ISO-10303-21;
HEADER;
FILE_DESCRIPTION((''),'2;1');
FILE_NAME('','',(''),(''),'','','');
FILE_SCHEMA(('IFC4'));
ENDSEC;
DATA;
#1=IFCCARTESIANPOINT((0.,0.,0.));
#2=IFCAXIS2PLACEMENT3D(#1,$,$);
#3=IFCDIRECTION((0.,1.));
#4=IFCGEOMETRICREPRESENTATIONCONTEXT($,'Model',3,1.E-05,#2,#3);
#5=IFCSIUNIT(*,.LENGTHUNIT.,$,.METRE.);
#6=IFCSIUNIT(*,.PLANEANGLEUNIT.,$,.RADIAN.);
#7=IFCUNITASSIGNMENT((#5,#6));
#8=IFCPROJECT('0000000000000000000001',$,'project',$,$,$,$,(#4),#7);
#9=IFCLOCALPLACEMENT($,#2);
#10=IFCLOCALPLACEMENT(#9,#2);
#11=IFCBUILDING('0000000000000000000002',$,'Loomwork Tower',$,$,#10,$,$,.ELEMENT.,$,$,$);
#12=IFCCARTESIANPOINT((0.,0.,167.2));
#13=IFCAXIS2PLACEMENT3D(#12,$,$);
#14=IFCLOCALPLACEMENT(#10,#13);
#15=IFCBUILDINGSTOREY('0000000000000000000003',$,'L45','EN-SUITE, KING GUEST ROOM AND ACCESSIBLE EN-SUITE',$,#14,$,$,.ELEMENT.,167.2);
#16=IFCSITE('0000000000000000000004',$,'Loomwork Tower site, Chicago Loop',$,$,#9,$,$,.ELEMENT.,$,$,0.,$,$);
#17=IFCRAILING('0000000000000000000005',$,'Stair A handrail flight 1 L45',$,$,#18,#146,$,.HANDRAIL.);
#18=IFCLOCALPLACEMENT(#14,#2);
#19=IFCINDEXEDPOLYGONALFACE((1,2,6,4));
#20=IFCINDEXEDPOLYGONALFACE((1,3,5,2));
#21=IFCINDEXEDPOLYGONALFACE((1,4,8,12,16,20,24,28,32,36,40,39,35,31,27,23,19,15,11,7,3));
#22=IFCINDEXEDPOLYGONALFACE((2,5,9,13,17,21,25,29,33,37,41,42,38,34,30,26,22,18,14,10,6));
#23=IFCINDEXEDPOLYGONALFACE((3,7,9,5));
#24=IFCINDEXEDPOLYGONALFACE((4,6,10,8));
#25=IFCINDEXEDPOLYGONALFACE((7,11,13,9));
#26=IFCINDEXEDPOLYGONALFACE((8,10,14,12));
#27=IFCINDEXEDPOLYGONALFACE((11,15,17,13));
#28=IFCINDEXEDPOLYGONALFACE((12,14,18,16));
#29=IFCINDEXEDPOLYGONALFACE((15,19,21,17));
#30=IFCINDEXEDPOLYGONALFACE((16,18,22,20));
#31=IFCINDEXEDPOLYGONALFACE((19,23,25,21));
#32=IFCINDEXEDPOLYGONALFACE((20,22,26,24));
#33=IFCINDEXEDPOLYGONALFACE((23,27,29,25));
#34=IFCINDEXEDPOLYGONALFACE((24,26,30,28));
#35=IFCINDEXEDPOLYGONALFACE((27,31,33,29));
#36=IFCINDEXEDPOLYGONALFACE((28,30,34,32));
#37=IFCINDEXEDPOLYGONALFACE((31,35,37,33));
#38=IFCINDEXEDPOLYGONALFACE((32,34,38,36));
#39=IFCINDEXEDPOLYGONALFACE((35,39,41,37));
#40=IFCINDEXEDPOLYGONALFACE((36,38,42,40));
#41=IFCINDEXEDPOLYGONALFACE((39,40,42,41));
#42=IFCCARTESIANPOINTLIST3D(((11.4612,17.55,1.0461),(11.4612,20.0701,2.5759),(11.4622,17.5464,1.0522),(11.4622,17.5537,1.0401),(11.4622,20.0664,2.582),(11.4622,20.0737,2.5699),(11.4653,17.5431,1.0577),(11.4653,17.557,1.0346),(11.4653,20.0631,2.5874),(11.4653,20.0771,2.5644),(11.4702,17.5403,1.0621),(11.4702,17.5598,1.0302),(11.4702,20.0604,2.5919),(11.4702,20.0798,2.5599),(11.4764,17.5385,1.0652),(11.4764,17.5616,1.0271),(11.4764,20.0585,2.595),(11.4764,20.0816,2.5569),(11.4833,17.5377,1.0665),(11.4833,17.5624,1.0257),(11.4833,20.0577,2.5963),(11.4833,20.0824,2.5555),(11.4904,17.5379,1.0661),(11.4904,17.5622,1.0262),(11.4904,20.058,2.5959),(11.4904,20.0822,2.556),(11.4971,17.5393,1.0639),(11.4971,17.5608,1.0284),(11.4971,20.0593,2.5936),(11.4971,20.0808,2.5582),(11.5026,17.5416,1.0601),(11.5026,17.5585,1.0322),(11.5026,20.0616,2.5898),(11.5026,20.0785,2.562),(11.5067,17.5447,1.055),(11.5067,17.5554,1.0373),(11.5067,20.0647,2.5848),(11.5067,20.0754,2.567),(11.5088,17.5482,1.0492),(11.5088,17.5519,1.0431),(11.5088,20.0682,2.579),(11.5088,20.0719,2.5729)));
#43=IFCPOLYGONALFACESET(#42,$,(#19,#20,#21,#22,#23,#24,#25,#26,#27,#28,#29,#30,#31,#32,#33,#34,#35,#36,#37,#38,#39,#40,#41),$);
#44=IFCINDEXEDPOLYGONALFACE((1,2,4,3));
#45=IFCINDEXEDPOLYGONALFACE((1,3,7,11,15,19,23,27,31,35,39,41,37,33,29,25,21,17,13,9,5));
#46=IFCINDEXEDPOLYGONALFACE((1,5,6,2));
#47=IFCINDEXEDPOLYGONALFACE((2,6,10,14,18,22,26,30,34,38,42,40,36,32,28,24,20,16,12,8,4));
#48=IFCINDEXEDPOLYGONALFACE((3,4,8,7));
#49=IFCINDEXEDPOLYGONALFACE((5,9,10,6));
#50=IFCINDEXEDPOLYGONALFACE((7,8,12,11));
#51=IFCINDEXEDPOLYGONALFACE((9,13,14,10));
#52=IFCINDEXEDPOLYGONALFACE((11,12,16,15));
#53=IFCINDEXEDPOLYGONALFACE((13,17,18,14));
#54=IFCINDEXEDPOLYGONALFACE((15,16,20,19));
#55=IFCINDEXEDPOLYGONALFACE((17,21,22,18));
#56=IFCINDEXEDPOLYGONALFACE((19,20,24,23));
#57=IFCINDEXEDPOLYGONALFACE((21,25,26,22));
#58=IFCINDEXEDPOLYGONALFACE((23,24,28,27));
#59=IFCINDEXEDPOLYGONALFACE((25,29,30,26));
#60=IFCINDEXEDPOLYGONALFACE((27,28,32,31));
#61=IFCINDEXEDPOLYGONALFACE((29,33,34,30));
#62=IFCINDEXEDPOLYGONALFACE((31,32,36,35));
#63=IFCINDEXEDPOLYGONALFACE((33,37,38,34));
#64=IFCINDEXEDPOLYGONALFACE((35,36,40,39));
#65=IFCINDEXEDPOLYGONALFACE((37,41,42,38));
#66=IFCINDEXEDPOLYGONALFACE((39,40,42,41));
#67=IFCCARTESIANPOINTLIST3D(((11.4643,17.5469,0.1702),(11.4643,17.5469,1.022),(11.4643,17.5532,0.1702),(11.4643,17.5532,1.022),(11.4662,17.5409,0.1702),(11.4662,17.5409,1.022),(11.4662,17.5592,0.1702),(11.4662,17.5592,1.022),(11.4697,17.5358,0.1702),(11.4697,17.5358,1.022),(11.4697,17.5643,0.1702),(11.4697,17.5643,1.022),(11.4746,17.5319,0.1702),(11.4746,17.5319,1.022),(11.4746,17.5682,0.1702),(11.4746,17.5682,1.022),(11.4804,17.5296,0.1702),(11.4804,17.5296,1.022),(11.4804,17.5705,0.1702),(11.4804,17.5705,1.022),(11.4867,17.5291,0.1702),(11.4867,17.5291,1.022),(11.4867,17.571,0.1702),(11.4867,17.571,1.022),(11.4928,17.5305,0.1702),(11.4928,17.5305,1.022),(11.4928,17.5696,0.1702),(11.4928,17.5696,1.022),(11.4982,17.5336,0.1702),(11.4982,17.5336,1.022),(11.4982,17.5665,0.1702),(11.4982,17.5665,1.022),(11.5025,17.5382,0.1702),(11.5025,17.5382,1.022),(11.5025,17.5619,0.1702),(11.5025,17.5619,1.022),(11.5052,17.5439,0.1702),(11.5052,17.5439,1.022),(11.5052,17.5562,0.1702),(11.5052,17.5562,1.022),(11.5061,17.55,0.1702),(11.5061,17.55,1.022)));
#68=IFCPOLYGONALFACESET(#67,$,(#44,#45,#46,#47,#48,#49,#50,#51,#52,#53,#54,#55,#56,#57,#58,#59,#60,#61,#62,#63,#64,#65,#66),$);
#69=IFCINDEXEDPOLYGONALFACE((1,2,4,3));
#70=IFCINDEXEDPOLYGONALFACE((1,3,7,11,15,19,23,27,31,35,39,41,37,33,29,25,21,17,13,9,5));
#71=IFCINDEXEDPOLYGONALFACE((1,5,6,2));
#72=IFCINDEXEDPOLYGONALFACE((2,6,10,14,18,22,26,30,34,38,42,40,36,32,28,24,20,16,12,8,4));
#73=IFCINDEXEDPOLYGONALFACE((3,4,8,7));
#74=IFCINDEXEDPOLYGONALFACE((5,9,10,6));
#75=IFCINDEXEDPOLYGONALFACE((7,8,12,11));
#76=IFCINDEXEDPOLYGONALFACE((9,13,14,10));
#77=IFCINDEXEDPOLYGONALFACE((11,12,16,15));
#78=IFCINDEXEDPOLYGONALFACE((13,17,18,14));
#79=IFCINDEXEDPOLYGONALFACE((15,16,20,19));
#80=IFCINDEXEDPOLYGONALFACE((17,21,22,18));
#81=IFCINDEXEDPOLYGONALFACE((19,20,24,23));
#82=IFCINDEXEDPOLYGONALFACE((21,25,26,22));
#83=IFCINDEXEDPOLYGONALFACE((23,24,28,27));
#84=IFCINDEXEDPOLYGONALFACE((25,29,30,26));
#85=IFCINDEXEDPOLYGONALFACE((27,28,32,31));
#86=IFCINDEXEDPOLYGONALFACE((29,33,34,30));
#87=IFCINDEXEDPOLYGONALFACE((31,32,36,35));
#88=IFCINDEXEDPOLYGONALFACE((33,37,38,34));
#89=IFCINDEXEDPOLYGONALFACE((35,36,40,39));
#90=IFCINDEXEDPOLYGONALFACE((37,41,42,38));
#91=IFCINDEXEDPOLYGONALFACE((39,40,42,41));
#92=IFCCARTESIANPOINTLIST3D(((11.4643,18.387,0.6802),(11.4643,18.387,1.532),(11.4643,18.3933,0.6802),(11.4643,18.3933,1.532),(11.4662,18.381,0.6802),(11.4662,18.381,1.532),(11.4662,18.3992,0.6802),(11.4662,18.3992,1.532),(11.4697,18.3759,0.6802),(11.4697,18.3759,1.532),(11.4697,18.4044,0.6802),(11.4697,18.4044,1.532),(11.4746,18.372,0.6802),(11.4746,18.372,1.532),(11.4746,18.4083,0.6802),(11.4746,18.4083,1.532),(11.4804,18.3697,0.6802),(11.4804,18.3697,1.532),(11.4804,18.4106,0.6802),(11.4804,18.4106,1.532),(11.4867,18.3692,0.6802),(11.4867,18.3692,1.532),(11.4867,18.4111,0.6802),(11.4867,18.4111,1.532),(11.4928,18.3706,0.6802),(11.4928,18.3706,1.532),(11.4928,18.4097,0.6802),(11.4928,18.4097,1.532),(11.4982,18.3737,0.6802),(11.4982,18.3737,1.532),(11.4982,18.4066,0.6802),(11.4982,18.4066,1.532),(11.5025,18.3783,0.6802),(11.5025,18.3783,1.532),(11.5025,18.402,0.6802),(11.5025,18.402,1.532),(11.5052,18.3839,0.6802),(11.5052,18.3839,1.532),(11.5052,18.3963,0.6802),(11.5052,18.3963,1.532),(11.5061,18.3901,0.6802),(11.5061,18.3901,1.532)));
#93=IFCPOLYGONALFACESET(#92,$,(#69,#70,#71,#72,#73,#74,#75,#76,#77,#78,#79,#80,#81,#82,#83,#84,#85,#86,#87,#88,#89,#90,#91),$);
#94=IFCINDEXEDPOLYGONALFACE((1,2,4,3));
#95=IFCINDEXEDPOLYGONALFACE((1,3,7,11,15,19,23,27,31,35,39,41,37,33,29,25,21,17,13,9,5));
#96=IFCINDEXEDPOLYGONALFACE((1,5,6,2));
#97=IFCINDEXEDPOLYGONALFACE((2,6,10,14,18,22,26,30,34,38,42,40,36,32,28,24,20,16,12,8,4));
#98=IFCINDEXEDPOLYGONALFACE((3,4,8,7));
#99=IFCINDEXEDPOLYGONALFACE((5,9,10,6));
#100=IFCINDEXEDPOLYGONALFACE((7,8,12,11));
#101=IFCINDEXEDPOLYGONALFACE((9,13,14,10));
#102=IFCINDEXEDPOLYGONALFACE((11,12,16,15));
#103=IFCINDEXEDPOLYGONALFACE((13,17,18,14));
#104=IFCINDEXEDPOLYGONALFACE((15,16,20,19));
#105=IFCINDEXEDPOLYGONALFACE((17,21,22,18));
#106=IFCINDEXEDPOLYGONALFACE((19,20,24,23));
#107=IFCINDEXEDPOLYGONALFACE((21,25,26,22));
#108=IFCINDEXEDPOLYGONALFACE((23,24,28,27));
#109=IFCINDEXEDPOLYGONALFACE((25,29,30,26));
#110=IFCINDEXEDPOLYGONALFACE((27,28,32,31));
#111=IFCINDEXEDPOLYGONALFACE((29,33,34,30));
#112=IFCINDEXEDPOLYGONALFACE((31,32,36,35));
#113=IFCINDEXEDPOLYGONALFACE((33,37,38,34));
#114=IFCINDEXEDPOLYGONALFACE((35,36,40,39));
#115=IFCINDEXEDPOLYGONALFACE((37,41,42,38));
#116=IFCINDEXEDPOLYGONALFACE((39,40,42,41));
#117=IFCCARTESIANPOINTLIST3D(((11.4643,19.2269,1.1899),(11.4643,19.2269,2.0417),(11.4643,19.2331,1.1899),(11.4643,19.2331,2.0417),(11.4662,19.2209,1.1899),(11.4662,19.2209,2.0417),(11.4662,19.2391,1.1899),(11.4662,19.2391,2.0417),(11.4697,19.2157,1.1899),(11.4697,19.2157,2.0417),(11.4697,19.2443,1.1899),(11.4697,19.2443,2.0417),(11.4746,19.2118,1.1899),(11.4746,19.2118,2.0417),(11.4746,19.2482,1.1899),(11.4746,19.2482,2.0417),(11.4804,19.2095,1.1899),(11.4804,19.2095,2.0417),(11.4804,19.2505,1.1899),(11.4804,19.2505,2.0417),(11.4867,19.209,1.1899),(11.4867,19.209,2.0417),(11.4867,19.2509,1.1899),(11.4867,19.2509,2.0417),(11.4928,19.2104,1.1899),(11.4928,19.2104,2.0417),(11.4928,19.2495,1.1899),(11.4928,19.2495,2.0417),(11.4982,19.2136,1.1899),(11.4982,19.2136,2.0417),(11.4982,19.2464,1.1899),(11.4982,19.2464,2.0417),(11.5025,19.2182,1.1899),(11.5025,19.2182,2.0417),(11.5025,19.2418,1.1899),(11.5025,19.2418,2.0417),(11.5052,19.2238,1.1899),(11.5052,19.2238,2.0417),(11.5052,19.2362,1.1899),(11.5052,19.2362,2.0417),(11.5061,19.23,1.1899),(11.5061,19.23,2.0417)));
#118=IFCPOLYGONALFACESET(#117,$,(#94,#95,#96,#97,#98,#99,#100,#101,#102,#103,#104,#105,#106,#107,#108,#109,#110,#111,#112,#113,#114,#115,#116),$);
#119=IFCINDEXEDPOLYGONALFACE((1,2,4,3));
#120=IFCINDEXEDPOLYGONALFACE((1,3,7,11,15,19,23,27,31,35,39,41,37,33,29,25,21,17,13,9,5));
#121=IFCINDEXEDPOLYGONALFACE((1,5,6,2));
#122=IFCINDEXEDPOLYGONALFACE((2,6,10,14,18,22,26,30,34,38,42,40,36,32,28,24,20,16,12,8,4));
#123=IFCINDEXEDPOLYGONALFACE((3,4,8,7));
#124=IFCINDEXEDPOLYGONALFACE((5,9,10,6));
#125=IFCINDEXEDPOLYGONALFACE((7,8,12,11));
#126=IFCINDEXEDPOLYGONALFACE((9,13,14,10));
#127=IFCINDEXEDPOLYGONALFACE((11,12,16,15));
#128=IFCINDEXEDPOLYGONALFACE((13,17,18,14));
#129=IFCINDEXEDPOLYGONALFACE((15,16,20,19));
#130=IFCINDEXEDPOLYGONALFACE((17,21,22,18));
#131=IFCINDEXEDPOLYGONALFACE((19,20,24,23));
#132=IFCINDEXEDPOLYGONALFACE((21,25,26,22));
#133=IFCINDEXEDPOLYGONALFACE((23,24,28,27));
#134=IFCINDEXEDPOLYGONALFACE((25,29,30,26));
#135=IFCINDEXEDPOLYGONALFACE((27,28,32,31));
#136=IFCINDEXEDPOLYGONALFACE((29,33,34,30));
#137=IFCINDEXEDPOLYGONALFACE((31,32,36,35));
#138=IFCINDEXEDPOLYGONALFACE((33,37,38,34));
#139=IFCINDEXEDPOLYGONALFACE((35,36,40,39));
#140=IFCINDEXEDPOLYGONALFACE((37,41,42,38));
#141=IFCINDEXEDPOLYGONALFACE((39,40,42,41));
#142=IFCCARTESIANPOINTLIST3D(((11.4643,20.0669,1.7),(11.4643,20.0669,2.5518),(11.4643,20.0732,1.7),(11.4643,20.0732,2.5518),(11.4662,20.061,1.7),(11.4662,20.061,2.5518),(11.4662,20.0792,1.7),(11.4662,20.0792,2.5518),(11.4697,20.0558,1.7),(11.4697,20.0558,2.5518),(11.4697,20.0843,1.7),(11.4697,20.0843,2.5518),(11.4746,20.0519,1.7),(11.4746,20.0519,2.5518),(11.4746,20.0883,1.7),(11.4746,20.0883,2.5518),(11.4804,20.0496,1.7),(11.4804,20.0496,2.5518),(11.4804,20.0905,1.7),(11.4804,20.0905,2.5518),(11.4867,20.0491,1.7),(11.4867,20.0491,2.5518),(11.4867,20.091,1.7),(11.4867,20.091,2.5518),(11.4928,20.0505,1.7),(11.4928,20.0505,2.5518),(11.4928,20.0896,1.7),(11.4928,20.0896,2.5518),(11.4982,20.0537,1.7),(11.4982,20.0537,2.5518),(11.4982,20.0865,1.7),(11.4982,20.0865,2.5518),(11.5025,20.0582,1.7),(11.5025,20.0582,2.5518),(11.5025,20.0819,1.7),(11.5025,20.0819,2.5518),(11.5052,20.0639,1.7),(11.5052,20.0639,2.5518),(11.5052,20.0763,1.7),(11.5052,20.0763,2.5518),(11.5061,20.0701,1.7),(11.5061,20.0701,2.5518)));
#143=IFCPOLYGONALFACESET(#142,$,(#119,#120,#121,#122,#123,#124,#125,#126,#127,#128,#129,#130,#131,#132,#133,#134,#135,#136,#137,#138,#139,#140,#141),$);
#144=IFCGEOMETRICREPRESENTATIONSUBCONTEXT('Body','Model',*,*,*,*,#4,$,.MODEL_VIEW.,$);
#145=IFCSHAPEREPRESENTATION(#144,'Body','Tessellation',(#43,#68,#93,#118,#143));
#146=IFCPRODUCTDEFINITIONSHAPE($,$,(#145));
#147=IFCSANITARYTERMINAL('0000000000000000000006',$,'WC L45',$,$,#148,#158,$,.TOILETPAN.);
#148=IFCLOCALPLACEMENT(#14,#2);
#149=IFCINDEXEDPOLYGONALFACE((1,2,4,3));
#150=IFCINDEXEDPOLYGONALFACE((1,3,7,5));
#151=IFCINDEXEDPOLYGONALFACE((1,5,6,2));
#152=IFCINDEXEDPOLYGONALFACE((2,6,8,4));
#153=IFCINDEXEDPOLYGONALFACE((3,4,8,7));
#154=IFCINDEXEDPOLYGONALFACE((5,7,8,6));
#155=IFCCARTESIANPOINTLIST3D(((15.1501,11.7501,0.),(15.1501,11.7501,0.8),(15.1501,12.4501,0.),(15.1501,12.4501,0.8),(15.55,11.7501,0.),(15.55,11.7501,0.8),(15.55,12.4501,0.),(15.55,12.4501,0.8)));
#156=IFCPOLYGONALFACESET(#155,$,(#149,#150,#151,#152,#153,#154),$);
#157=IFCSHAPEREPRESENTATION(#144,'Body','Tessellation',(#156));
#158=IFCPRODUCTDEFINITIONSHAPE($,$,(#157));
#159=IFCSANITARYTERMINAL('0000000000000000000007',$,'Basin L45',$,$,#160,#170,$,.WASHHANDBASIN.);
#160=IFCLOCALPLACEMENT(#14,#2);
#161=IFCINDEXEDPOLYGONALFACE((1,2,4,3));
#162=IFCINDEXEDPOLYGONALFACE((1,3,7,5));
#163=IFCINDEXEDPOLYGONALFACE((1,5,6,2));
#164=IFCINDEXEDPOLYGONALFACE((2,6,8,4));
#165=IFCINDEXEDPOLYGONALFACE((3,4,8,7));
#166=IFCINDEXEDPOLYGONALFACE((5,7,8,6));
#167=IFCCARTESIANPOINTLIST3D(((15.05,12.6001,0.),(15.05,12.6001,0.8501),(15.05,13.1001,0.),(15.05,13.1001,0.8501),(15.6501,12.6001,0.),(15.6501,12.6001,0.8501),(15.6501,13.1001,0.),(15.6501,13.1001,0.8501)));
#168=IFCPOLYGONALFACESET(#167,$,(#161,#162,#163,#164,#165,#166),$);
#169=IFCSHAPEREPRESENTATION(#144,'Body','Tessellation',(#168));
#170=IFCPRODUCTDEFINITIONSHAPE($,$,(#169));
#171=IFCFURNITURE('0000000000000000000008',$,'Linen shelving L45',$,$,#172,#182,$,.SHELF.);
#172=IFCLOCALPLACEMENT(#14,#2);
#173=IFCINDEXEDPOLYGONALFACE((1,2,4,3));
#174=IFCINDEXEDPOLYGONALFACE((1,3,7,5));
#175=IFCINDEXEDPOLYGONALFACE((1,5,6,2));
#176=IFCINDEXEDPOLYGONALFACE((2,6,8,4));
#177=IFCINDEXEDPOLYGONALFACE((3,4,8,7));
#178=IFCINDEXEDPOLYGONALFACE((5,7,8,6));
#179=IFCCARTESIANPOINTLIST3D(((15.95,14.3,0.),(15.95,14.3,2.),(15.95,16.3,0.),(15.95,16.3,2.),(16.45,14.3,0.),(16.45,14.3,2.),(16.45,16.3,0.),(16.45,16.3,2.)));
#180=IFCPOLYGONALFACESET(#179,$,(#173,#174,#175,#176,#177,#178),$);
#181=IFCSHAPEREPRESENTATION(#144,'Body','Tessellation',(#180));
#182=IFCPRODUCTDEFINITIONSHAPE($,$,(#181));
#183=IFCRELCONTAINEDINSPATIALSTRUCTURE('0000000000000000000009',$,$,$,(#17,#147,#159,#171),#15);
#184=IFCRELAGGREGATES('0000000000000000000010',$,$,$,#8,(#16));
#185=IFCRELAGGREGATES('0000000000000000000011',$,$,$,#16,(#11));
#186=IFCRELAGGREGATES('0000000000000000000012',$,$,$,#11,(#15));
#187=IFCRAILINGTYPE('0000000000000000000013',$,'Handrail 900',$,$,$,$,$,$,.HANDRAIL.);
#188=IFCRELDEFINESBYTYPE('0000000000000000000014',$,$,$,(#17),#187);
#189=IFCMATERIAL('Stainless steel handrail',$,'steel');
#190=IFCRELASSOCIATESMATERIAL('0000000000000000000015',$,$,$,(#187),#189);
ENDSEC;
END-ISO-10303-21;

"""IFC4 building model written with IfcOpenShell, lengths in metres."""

from ifc_helpers import new_model, si_unit, direction, frame, origin, origin_2d, place, context, subcontext, project, spatial, rectangle, circle, extrude, material, type_object, element, save


model = new_model("IFC4")

# Units and contexts
model_context = context("Model", 3, precision=1e-05, world=origin(), true_north=direction((0.0, 1.0)))
body_context = subcontext(model_context, "Body", "Model", "MODEL_VIEW")
ifc_project = project(units=[si_unit("LENGTHUNIT", "METRE"), si_unit("PLANEANGLEUNIT", "RADIAN")], contexts=[model_context])

# Site, building, storey
site_placement = place(None, origin())
site = spatial("IfcSite", under=ifc_project, at=site_placement, Name="Loomwork Tower site, Chicago Loop", CompositionType="ELEMENT", RefElevation=0.0)
building_placement = place(site_placement, origin())
building = spatial("IfcBuilding", under=site, at=building_placement, Name="Loomwork Tower", CompositionType="ELEMENT")
storey_placement = place(building_placement, frame((0.0, 0.0, 167.2)))
storey = spatial("IfcBuildingStorey", under=building, at=storey_placement, Name="L45", Description="EN-SUITE, KING GUEST ROOM AND ACCESSIBLE EN-SUITE", CompositionType="ELEMENT", Elevation=167.2)

# Railing
ifc_material_1 = material(Name="Stainless steel handrail", Category="steel")
railing_type = type_object("IfcRailingType", Name="Handrail 900", PredefinedType="HANDRAIL", material=ifc_material_1)
railing_placement = place(storey_placement, frame((11.4851, 17.55, 0.1702)))
element("IfcRailing", 1, at=railing_placement, inside=storey, type_object=railing_type, Name="Stair A handrail flight 1 L45", PredefinedType="HANDRAIL", context=body_context, shape_type="SweptSolid", body=[
    extrude(circle(Radius=0.0239, at=origin_2d()), frame((0.0, 0.0, 0.876), z_axis=(0.0, 0.854822, 0.518922), x_axis=(-1.0, 0.0, 0.0)), (0.0, 0.0, 1.0), 2.948),
    extrude(circle(Radius=0.021, at=origin_2d()), origin(), (0.0, 0.0, 1.0), 0.8518),
    extrude(circle(Radius=0.021, at=origin_2d()), frame((0.0, 0.8401, 0.51)), (0.0, 0.0, 1.0), 0.8518),
    extrude(circle(Radius=0.021, at=origin_2d()), frame((0.0, 1.6799, 1.0198)), (0.0, 0.0, 1.0), 0.8518),
    extrude(circle(Radius=0.021, at=origin_2d()), frame((0.0, 2.52, 1.5298)), (0.0, 0.0, 1.0), 0.8518),
])

# Sanitary terminals
sanitary_terminal_1_placement = place(storey_placement, frame((15.3501, 12.1001, 0.0), z_axis=(0.0, 0.0, 1.0), x_axis=(1.0, 0.0, 0.0)))
element("IfcSanitaryTerminal", 2, at=sanitary_terminal_1_placement, inside=storey, Name="WC L45", PredefinedType="TOILETPAN", context=body_context, shape_type="SweptSolid", body=[
    extrude(rectangle(XDim=0.3999, YDim=0.7, at=origin_2d()), origin(), (0.0, 0.0, 1.0), 0.8),
])
sanitary_terminal_2_placement = place(storey_placement, frame((15.3501, 12.8501, 0.0), z_axis=(0.0, 0.0, 1.0), x_axis=(1.0, 0.0, 0.0)))
element("IfcSanitaryTerminal", 3, at=sanitary_terminal_2_placement, inside=storey, Name="Basin L45", PredefinedType="WASHHANDBASIN", context=body_context, shape_type="SweptSolid", body=[
    extrude(rectangle(XDim=0.6001, YDim=0.5, at=origin_2d()), origin(), (0.0, 0.0, 1.0), 0.8501),
])

# Furniture
furniture_placement = place(storey_placement, frame((16.2, 15.3, 0.0), z_axis=(0.0, 0.0, 1.0), x_axis=(1.0, 0.0, 0.0)))
element("IfcFurniture", 4, at=furniture_placement, inside=storey, Name="Linen shelving L45", PredefinedType="SHELF", context=body_context, shape_type="SweptSolid", body=[
    extrude(rectangle(XDim=0.5, YDim=2.0, at=origin_2d()), origin(), (0.0, 0.0, 1.0), 2.0),
])

save(model, "model.ifc")
